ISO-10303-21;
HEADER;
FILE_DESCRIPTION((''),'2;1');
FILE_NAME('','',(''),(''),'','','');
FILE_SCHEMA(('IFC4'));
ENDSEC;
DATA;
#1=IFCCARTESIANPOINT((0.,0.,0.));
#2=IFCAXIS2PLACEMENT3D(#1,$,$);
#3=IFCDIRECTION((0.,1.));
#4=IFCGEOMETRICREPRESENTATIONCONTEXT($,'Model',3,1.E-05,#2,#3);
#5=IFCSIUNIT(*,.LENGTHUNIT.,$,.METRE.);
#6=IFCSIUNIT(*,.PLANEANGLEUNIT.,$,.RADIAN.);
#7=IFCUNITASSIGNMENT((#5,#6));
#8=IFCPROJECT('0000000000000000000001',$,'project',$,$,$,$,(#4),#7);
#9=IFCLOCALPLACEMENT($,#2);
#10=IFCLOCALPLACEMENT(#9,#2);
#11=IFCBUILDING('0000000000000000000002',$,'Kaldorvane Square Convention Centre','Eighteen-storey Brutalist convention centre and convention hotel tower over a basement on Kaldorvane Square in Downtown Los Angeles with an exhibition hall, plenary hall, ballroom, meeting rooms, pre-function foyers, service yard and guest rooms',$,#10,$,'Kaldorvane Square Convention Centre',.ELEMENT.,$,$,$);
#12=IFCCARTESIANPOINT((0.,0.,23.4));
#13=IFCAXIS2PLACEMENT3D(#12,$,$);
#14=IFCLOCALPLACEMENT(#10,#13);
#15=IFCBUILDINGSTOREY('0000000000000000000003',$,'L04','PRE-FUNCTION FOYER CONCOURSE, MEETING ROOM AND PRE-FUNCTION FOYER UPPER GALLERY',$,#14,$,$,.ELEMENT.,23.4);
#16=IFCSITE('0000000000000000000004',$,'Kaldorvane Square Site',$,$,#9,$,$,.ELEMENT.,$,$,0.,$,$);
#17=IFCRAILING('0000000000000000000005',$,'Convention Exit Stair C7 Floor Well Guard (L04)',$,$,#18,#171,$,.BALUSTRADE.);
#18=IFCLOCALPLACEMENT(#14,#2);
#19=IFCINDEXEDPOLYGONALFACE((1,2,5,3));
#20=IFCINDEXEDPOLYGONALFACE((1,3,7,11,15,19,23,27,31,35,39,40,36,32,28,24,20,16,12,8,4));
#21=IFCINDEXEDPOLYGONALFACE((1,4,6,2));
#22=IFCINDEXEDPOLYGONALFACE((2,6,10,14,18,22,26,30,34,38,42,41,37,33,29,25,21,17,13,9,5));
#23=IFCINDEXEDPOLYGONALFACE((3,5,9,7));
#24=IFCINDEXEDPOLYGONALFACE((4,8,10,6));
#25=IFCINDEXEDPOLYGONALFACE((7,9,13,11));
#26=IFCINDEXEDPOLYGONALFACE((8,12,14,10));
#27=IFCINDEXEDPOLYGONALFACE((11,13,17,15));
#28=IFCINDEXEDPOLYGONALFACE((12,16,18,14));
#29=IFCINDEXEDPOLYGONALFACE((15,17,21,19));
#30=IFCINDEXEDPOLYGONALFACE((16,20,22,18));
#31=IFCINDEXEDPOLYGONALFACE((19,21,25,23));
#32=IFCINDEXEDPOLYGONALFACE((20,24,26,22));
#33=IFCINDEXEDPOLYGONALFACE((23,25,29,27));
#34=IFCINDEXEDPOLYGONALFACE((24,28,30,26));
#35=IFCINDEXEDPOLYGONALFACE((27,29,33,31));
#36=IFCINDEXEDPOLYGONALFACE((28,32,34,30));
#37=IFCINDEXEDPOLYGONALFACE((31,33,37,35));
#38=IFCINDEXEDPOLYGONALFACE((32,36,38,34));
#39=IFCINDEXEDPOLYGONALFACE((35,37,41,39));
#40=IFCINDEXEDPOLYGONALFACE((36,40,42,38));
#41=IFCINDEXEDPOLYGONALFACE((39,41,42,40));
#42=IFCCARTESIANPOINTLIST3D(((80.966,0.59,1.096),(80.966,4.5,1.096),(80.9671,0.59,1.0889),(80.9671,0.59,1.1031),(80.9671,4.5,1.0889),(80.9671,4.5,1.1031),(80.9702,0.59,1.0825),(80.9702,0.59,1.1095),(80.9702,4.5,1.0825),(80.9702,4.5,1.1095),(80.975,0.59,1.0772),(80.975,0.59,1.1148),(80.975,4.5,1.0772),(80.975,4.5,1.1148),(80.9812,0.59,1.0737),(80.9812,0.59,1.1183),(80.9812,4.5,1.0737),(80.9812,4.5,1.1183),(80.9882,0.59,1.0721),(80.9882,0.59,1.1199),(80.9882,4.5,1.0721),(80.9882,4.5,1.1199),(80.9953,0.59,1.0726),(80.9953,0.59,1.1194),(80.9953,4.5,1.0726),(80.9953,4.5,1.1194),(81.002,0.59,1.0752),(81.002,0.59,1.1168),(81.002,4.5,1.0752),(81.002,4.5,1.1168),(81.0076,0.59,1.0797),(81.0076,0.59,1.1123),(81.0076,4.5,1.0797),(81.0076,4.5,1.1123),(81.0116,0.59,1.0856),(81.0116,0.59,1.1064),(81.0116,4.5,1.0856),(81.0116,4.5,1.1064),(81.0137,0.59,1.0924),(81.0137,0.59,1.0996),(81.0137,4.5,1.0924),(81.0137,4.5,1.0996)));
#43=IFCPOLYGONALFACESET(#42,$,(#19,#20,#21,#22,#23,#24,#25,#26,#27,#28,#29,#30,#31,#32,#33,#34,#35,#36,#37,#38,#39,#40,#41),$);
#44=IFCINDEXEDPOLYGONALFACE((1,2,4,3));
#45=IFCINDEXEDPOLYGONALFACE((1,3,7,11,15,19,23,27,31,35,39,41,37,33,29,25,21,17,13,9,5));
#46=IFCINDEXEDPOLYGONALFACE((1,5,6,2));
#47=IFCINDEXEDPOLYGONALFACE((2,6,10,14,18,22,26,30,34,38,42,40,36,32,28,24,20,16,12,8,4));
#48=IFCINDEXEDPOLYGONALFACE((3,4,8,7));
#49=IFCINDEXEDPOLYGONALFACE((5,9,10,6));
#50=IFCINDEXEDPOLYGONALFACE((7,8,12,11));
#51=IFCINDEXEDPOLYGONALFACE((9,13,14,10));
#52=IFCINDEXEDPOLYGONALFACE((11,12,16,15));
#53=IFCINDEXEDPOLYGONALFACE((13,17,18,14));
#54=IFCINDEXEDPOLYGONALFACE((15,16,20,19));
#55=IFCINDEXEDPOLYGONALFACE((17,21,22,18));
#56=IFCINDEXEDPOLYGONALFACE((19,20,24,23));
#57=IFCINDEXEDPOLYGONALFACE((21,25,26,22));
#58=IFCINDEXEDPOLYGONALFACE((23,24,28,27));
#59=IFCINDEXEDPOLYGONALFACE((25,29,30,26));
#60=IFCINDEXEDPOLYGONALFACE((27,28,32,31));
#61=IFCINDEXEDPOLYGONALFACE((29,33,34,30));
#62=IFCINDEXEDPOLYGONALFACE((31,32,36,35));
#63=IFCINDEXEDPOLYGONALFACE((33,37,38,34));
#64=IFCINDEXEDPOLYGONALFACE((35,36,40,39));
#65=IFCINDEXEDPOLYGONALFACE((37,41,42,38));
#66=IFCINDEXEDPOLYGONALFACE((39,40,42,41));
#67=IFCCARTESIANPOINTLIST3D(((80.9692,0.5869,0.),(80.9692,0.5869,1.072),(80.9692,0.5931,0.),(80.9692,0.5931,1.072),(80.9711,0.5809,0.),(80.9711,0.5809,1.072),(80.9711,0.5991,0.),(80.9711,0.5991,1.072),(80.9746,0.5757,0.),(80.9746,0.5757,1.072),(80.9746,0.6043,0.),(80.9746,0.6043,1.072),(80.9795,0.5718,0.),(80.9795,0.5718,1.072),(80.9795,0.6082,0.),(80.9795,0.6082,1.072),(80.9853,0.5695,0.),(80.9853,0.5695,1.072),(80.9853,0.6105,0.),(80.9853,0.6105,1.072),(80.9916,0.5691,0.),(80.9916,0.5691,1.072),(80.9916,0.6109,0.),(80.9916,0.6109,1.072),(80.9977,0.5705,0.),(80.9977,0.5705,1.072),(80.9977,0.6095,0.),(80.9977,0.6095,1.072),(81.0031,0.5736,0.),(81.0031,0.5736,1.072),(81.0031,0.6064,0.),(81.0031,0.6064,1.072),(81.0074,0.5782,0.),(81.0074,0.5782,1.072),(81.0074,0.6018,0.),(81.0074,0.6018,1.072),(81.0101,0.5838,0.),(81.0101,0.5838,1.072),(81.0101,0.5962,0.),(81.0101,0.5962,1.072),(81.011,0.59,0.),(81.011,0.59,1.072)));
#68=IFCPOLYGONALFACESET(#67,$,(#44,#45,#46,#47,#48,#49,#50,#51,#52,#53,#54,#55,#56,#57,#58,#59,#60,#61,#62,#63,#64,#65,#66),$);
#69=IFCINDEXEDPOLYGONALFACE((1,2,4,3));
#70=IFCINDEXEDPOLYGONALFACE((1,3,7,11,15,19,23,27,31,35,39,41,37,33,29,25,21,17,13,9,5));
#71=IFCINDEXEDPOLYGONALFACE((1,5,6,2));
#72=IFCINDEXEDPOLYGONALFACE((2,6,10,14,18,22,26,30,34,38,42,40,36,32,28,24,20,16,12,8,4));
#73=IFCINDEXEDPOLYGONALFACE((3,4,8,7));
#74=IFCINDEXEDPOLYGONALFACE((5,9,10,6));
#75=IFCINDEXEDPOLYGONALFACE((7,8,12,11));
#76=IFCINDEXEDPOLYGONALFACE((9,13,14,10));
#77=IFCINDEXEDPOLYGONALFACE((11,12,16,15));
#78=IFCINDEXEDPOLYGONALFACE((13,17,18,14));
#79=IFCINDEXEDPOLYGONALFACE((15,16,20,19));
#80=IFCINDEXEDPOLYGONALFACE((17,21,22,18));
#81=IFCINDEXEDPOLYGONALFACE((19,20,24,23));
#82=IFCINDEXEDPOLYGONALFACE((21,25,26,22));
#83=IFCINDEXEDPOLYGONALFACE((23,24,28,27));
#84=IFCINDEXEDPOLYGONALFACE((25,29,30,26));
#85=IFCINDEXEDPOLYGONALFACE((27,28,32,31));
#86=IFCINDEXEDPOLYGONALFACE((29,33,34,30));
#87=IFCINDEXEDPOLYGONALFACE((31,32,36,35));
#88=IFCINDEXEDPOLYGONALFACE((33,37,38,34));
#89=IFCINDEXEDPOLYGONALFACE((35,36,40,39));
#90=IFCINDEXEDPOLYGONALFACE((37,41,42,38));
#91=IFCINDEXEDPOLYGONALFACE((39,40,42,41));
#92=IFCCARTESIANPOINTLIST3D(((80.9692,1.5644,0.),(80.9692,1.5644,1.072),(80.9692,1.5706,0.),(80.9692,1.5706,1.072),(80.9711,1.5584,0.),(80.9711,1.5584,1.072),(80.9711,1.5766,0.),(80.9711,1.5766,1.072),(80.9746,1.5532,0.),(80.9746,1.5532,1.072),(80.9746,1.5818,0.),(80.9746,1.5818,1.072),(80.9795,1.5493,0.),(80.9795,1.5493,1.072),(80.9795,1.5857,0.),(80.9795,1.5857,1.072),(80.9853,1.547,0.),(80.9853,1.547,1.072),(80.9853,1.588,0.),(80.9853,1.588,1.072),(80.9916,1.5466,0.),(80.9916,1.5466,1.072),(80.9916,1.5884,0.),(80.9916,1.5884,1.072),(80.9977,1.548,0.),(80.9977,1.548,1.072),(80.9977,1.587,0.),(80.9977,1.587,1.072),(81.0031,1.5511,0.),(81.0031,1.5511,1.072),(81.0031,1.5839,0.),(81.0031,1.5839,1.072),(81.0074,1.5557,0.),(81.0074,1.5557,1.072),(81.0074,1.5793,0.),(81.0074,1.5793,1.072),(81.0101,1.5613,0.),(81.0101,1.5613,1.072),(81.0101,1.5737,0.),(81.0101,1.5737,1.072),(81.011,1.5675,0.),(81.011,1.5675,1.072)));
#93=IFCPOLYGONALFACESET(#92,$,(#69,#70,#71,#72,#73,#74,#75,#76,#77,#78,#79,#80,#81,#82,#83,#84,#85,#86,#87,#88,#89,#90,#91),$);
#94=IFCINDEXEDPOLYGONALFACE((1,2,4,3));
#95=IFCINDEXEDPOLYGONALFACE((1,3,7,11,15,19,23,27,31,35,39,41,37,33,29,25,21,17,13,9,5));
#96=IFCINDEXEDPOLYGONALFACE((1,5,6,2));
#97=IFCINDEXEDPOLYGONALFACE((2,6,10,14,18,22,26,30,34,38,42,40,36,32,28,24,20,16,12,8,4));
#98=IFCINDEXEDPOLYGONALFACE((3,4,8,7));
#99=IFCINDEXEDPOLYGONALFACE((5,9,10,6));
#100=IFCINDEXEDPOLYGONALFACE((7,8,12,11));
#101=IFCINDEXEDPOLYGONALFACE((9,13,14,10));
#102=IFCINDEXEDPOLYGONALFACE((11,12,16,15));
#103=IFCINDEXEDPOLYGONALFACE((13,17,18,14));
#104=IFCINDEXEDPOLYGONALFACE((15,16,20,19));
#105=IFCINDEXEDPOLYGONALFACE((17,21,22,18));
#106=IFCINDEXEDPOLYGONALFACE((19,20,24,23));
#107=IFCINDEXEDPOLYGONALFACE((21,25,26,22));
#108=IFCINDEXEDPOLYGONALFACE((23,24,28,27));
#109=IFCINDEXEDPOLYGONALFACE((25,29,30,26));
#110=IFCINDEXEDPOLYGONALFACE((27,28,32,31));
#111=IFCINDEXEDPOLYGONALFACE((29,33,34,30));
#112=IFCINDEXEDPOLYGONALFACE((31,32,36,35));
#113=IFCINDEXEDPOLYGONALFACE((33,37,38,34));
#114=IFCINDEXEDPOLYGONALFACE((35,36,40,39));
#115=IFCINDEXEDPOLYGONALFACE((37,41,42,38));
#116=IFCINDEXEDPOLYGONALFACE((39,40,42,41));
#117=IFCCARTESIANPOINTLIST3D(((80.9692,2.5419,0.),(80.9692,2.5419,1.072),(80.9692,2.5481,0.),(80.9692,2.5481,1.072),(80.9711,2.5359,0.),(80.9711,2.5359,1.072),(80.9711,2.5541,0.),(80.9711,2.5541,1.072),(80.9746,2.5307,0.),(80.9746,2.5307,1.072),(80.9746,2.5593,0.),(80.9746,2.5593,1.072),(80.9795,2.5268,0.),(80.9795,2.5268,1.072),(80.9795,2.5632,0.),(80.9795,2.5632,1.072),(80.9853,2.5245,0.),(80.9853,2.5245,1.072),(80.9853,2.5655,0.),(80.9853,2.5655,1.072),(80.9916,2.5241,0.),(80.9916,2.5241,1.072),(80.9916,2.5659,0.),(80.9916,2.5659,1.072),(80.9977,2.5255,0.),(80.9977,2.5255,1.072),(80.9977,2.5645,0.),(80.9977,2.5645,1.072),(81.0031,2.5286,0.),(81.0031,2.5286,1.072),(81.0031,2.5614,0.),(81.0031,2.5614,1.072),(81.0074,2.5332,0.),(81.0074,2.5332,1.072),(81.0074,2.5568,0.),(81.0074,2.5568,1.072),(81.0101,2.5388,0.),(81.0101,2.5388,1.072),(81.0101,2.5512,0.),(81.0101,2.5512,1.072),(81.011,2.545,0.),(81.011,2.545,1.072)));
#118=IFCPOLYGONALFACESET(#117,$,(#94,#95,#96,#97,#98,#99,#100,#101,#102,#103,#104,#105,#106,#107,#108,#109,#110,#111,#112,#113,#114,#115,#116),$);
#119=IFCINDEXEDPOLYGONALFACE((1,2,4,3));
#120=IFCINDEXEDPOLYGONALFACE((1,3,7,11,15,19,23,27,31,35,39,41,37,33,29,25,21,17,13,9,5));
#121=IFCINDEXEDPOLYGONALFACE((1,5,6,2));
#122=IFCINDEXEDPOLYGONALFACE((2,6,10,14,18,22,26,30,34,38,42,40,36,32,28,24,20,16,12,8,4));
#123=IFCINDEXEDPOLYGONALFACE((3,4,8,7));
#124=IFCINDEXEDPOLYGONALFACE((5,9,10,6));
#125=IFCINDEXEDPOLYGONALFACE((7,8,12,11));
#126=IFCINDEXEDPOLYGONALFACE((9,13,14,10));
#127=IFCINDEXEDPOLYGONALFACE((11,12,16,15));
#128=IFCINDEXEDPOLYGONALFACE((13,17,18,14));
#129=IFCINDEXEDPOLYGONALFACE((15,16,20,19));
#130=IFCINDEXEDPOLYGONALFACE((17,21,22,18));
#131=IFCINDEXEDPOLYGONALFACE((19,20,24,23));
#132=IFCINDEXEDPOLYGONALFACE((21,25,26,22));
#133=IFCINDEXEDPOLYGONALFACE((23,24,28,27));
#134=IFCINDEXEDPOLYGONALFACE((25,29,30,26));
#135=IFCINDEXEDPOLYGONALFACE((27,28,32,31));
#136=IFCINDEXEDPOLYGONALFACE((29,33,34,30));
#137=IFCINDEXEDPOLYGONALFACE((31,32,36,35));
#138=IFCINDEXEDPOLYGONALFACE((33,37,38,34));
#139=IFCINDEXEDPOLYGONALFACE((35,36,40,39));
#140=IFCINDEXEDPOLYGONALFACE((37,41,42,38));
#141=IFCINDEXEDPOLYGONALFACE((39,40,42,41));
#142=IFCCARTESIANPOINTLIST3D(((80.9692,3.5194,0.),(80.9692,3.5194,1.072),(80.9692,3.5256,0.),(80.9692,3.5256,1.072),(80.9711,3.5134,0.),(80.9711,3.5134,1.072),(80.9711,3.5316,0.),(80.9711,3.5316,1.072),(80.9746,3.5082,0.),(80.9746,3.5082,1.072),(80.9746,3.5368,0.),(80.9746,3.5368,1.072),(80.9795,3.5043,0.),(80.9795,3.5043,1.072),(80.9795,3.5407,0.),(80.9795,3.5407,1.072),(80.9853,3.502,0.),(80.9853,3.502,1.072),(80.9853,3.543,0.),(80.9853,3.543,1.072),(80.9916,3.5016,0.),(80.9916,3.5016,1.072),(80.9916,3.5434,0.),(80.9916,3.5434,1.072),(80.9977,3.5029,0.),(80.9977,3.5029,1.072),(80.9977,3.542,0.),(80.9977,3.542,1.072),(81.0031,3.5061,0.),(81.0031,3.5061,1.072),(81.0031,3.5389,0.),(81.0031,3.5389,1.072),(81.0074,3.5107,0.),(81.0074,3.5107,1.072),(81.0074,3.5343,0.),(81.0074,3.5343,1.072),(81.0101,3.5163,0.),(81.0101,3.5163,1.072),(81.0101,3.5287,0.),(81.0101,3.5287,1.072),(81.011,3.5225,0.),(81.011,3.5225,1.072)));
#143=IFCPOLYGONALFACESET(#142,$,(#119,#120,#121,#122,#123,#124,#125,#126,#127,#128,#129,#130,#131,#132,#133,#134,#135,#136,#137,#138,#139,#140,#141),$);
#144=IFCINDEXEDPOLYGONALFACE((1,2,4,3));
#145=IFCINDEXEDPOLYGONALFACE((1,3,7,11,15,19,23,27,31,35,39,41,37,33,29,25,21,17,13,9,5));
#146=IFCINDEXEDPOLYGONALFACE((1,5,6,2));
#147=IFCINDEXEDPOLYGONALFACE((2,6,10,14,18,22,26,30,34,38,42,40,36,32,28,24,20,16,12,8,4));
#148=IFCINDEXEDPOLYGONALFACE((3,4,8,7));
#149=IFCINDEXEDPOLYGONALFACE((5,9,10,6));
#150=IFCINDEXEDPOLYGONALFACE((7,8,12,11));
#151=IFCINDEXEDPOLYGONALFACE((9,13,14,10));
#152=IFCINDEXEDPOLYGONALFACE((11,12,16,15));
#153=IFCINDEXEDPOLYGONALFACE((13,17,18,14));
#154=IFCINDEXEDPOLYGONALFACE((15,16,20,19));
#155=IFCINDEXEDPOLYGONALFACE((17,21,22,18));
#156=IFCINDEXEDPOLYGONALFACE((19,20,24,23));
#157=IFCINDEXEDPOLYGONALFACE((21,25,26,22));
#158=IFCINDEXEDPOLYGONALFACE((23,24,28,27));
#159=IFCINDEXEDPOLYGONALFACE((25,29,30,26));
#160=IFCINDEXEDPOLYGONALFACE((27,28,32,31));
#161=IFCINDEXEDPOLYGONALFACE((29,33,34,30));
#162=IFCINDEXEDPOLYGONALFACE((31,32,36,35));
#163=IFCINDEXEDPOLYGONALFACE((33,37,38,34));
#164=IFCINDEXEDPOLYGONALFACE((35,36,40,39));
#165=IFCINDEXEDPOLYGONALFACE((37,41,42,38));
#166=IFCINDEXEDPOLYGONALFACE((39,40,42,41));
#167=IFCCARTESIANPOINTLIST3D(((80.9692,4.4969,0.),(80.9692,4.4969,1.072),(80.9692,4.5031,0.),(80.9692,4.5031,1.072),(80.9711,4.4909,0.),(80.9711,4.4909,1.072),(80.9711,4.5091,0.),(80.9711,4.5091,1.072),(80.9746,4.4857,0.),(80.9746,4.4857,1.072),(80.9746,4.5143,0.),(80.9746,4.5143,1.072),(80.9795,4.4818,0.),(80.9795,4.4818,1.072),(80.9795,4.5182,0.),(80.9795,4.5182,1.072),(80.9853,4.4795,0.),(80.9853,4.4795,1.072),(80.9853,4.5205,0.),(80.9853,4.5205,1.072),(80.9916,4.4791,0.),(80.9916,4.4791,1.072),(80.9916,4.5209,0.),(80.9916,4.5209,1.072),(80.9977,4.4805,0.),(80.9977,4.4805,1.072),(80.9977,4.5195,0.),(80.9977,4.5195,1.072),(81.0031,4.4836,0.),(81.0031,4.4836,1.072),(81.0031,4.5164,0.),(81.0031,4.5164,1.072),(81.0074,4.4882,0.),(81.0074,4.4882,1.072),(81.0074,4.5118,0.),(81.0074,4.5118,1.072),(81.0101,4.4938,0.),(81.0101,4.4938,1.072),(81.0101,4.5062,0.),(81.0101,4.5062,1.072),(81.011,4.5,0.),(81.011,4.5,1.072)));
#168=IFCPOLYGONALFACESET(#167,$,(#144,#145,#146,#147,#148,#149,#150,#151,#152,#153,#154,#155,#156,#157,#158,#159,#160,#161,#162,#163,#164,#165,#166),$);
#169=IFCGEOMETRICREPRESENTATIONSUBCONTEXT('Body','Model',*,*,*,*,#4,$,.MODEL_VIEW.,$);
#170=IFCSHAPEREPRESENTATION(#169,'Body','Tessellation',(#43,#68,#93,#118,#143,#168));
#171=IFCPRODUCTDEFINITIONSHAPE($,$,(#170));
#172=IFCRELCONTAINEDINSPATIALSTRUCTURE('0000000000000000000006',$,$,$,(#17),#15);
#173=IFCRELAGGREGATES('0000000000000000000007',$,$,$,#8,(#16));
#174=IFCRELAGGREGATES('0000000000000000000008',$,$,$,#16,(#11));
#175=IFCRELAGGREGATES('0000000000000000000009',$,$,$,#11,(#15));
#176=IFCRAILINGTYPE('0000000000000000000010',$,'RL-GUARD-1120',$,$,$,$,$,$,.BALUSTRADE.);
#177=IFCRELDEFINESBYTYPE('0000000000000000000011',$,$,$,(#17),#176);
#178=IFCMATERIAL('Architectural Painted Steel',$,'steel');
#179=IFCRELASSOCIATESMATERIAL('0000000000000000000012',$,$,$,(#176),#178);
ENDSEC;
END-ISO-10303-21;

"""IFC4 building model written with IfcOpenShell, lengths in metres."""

from ifc_helpers import new_model, si_unit, direction, frame, origin, origin_2d, place, context, subcontext, project, spatial, circle, extrude, material, type_object, element, save


model = new_model("IFC4")

# Units and contexts
model_context = context("Model", 3, precision=1e-05, world=origin(), true_north=direction((0.0, 1.0)))
body_context = subcontext(model_context, "Body", "Model", "MODEL_VIEW")
ifc_project = project(units=[si_unit("LENGTHUNIT", "METRE"), si_unit("PLANEANGLEUNIT", "RADIAN")], contexts=[model_context])

# Site, building, storey
site_placement = place(None, origin())
site = spatial("IfcSite", under=ifc_project, at=site_placement, Name="Kaldorvane Square Site", CompositionType="ELEMENT", RefElevation=0.0)
building_placement = place(site_placement, origin())
building = spatial("IfcBuilding", under=site, at=building_placement, Name="Kaldorvane Square Convention Centre", Description="Eighteen-storey Brutalist convention centre and convention hotel tower over a basement on Kaldorvane Square in Downtown Los Angeles with an exhibition hall, plenary hall, ballroom, meeting rooms, pre-function foyers, service yard and guest rooms", LongName="Kaldorvane Square Convention Centre", CompositionType="ELEMENT")
storey_placement = place(building_placement, frame((0.0, 0.0, 23.4)))
storey = spatial("IfcBuildingStorey", under=building, at=storey_placement, Name="L04", Description="PRE-FUNCTION FOYER CONCOURSE, MEETING ROOM AND PRE-FUNCTION FOYER UPPER GALLERY", CompositionType="ELEMENT", Elevation=23.4)

# Railing
ifc_material_1 = material(Name="Architectural Painted Steel", Category="steel")
railing_type = type_object("IfcRailingType", Name="RL-GUARD-1120", PredefinedType="BALUSTRADE", material=ifc_material_1)
railing_placement = place(storey_placement, frame((80.99, 0.59, 0.0)))
element("IfcRailing", 1, at=railing_placement, inside=storey, type_object=railing_type, Name="Convention Exit Stair C7 Floor Well Guard (L04)", PredefinedType="BALUSTRADE", context=body_context, shape_type="SweptSolid", body=[
    extrude(circle(Radius=0.024, at=origin_2d()), frame((0.0, 0.0, 1.096), z_axis=(0.0, 1.0, 0.0), x_axis=(-1.0, 0.0, 0.0)), (0.0, 0.0, 1.0), 3.91),
    extrude(circle(Radius=0.021, at=origin_2d()), origin(), (0.0, 0.0, 1.0), 1.072),
    extrude(circle(Radius=0.021, at=origin_2d()), frame((0.0, 0.9775, 0.0)), (0.0, 0.0, 1.0), 1.072),
    extrude(circle(Radius=0.021, at=origin_2d()), frame((0.0, 1.955, 0.0)), (0.0, 0.0, 1.0), 1.072),
    extrude(circle(Radius=0.021, at=origin_2d()), frame((0.0, 2.9325, 0.0)), (0.0, 0.0, 1.0), 1.072),
    extrude(circle(Radius=0.021, at=origin_2d()), frame((0.0, 3.91, 0.0)), (0.0, 0.0, 1.0), 1.072),
])

save(model, "model.ifc")
